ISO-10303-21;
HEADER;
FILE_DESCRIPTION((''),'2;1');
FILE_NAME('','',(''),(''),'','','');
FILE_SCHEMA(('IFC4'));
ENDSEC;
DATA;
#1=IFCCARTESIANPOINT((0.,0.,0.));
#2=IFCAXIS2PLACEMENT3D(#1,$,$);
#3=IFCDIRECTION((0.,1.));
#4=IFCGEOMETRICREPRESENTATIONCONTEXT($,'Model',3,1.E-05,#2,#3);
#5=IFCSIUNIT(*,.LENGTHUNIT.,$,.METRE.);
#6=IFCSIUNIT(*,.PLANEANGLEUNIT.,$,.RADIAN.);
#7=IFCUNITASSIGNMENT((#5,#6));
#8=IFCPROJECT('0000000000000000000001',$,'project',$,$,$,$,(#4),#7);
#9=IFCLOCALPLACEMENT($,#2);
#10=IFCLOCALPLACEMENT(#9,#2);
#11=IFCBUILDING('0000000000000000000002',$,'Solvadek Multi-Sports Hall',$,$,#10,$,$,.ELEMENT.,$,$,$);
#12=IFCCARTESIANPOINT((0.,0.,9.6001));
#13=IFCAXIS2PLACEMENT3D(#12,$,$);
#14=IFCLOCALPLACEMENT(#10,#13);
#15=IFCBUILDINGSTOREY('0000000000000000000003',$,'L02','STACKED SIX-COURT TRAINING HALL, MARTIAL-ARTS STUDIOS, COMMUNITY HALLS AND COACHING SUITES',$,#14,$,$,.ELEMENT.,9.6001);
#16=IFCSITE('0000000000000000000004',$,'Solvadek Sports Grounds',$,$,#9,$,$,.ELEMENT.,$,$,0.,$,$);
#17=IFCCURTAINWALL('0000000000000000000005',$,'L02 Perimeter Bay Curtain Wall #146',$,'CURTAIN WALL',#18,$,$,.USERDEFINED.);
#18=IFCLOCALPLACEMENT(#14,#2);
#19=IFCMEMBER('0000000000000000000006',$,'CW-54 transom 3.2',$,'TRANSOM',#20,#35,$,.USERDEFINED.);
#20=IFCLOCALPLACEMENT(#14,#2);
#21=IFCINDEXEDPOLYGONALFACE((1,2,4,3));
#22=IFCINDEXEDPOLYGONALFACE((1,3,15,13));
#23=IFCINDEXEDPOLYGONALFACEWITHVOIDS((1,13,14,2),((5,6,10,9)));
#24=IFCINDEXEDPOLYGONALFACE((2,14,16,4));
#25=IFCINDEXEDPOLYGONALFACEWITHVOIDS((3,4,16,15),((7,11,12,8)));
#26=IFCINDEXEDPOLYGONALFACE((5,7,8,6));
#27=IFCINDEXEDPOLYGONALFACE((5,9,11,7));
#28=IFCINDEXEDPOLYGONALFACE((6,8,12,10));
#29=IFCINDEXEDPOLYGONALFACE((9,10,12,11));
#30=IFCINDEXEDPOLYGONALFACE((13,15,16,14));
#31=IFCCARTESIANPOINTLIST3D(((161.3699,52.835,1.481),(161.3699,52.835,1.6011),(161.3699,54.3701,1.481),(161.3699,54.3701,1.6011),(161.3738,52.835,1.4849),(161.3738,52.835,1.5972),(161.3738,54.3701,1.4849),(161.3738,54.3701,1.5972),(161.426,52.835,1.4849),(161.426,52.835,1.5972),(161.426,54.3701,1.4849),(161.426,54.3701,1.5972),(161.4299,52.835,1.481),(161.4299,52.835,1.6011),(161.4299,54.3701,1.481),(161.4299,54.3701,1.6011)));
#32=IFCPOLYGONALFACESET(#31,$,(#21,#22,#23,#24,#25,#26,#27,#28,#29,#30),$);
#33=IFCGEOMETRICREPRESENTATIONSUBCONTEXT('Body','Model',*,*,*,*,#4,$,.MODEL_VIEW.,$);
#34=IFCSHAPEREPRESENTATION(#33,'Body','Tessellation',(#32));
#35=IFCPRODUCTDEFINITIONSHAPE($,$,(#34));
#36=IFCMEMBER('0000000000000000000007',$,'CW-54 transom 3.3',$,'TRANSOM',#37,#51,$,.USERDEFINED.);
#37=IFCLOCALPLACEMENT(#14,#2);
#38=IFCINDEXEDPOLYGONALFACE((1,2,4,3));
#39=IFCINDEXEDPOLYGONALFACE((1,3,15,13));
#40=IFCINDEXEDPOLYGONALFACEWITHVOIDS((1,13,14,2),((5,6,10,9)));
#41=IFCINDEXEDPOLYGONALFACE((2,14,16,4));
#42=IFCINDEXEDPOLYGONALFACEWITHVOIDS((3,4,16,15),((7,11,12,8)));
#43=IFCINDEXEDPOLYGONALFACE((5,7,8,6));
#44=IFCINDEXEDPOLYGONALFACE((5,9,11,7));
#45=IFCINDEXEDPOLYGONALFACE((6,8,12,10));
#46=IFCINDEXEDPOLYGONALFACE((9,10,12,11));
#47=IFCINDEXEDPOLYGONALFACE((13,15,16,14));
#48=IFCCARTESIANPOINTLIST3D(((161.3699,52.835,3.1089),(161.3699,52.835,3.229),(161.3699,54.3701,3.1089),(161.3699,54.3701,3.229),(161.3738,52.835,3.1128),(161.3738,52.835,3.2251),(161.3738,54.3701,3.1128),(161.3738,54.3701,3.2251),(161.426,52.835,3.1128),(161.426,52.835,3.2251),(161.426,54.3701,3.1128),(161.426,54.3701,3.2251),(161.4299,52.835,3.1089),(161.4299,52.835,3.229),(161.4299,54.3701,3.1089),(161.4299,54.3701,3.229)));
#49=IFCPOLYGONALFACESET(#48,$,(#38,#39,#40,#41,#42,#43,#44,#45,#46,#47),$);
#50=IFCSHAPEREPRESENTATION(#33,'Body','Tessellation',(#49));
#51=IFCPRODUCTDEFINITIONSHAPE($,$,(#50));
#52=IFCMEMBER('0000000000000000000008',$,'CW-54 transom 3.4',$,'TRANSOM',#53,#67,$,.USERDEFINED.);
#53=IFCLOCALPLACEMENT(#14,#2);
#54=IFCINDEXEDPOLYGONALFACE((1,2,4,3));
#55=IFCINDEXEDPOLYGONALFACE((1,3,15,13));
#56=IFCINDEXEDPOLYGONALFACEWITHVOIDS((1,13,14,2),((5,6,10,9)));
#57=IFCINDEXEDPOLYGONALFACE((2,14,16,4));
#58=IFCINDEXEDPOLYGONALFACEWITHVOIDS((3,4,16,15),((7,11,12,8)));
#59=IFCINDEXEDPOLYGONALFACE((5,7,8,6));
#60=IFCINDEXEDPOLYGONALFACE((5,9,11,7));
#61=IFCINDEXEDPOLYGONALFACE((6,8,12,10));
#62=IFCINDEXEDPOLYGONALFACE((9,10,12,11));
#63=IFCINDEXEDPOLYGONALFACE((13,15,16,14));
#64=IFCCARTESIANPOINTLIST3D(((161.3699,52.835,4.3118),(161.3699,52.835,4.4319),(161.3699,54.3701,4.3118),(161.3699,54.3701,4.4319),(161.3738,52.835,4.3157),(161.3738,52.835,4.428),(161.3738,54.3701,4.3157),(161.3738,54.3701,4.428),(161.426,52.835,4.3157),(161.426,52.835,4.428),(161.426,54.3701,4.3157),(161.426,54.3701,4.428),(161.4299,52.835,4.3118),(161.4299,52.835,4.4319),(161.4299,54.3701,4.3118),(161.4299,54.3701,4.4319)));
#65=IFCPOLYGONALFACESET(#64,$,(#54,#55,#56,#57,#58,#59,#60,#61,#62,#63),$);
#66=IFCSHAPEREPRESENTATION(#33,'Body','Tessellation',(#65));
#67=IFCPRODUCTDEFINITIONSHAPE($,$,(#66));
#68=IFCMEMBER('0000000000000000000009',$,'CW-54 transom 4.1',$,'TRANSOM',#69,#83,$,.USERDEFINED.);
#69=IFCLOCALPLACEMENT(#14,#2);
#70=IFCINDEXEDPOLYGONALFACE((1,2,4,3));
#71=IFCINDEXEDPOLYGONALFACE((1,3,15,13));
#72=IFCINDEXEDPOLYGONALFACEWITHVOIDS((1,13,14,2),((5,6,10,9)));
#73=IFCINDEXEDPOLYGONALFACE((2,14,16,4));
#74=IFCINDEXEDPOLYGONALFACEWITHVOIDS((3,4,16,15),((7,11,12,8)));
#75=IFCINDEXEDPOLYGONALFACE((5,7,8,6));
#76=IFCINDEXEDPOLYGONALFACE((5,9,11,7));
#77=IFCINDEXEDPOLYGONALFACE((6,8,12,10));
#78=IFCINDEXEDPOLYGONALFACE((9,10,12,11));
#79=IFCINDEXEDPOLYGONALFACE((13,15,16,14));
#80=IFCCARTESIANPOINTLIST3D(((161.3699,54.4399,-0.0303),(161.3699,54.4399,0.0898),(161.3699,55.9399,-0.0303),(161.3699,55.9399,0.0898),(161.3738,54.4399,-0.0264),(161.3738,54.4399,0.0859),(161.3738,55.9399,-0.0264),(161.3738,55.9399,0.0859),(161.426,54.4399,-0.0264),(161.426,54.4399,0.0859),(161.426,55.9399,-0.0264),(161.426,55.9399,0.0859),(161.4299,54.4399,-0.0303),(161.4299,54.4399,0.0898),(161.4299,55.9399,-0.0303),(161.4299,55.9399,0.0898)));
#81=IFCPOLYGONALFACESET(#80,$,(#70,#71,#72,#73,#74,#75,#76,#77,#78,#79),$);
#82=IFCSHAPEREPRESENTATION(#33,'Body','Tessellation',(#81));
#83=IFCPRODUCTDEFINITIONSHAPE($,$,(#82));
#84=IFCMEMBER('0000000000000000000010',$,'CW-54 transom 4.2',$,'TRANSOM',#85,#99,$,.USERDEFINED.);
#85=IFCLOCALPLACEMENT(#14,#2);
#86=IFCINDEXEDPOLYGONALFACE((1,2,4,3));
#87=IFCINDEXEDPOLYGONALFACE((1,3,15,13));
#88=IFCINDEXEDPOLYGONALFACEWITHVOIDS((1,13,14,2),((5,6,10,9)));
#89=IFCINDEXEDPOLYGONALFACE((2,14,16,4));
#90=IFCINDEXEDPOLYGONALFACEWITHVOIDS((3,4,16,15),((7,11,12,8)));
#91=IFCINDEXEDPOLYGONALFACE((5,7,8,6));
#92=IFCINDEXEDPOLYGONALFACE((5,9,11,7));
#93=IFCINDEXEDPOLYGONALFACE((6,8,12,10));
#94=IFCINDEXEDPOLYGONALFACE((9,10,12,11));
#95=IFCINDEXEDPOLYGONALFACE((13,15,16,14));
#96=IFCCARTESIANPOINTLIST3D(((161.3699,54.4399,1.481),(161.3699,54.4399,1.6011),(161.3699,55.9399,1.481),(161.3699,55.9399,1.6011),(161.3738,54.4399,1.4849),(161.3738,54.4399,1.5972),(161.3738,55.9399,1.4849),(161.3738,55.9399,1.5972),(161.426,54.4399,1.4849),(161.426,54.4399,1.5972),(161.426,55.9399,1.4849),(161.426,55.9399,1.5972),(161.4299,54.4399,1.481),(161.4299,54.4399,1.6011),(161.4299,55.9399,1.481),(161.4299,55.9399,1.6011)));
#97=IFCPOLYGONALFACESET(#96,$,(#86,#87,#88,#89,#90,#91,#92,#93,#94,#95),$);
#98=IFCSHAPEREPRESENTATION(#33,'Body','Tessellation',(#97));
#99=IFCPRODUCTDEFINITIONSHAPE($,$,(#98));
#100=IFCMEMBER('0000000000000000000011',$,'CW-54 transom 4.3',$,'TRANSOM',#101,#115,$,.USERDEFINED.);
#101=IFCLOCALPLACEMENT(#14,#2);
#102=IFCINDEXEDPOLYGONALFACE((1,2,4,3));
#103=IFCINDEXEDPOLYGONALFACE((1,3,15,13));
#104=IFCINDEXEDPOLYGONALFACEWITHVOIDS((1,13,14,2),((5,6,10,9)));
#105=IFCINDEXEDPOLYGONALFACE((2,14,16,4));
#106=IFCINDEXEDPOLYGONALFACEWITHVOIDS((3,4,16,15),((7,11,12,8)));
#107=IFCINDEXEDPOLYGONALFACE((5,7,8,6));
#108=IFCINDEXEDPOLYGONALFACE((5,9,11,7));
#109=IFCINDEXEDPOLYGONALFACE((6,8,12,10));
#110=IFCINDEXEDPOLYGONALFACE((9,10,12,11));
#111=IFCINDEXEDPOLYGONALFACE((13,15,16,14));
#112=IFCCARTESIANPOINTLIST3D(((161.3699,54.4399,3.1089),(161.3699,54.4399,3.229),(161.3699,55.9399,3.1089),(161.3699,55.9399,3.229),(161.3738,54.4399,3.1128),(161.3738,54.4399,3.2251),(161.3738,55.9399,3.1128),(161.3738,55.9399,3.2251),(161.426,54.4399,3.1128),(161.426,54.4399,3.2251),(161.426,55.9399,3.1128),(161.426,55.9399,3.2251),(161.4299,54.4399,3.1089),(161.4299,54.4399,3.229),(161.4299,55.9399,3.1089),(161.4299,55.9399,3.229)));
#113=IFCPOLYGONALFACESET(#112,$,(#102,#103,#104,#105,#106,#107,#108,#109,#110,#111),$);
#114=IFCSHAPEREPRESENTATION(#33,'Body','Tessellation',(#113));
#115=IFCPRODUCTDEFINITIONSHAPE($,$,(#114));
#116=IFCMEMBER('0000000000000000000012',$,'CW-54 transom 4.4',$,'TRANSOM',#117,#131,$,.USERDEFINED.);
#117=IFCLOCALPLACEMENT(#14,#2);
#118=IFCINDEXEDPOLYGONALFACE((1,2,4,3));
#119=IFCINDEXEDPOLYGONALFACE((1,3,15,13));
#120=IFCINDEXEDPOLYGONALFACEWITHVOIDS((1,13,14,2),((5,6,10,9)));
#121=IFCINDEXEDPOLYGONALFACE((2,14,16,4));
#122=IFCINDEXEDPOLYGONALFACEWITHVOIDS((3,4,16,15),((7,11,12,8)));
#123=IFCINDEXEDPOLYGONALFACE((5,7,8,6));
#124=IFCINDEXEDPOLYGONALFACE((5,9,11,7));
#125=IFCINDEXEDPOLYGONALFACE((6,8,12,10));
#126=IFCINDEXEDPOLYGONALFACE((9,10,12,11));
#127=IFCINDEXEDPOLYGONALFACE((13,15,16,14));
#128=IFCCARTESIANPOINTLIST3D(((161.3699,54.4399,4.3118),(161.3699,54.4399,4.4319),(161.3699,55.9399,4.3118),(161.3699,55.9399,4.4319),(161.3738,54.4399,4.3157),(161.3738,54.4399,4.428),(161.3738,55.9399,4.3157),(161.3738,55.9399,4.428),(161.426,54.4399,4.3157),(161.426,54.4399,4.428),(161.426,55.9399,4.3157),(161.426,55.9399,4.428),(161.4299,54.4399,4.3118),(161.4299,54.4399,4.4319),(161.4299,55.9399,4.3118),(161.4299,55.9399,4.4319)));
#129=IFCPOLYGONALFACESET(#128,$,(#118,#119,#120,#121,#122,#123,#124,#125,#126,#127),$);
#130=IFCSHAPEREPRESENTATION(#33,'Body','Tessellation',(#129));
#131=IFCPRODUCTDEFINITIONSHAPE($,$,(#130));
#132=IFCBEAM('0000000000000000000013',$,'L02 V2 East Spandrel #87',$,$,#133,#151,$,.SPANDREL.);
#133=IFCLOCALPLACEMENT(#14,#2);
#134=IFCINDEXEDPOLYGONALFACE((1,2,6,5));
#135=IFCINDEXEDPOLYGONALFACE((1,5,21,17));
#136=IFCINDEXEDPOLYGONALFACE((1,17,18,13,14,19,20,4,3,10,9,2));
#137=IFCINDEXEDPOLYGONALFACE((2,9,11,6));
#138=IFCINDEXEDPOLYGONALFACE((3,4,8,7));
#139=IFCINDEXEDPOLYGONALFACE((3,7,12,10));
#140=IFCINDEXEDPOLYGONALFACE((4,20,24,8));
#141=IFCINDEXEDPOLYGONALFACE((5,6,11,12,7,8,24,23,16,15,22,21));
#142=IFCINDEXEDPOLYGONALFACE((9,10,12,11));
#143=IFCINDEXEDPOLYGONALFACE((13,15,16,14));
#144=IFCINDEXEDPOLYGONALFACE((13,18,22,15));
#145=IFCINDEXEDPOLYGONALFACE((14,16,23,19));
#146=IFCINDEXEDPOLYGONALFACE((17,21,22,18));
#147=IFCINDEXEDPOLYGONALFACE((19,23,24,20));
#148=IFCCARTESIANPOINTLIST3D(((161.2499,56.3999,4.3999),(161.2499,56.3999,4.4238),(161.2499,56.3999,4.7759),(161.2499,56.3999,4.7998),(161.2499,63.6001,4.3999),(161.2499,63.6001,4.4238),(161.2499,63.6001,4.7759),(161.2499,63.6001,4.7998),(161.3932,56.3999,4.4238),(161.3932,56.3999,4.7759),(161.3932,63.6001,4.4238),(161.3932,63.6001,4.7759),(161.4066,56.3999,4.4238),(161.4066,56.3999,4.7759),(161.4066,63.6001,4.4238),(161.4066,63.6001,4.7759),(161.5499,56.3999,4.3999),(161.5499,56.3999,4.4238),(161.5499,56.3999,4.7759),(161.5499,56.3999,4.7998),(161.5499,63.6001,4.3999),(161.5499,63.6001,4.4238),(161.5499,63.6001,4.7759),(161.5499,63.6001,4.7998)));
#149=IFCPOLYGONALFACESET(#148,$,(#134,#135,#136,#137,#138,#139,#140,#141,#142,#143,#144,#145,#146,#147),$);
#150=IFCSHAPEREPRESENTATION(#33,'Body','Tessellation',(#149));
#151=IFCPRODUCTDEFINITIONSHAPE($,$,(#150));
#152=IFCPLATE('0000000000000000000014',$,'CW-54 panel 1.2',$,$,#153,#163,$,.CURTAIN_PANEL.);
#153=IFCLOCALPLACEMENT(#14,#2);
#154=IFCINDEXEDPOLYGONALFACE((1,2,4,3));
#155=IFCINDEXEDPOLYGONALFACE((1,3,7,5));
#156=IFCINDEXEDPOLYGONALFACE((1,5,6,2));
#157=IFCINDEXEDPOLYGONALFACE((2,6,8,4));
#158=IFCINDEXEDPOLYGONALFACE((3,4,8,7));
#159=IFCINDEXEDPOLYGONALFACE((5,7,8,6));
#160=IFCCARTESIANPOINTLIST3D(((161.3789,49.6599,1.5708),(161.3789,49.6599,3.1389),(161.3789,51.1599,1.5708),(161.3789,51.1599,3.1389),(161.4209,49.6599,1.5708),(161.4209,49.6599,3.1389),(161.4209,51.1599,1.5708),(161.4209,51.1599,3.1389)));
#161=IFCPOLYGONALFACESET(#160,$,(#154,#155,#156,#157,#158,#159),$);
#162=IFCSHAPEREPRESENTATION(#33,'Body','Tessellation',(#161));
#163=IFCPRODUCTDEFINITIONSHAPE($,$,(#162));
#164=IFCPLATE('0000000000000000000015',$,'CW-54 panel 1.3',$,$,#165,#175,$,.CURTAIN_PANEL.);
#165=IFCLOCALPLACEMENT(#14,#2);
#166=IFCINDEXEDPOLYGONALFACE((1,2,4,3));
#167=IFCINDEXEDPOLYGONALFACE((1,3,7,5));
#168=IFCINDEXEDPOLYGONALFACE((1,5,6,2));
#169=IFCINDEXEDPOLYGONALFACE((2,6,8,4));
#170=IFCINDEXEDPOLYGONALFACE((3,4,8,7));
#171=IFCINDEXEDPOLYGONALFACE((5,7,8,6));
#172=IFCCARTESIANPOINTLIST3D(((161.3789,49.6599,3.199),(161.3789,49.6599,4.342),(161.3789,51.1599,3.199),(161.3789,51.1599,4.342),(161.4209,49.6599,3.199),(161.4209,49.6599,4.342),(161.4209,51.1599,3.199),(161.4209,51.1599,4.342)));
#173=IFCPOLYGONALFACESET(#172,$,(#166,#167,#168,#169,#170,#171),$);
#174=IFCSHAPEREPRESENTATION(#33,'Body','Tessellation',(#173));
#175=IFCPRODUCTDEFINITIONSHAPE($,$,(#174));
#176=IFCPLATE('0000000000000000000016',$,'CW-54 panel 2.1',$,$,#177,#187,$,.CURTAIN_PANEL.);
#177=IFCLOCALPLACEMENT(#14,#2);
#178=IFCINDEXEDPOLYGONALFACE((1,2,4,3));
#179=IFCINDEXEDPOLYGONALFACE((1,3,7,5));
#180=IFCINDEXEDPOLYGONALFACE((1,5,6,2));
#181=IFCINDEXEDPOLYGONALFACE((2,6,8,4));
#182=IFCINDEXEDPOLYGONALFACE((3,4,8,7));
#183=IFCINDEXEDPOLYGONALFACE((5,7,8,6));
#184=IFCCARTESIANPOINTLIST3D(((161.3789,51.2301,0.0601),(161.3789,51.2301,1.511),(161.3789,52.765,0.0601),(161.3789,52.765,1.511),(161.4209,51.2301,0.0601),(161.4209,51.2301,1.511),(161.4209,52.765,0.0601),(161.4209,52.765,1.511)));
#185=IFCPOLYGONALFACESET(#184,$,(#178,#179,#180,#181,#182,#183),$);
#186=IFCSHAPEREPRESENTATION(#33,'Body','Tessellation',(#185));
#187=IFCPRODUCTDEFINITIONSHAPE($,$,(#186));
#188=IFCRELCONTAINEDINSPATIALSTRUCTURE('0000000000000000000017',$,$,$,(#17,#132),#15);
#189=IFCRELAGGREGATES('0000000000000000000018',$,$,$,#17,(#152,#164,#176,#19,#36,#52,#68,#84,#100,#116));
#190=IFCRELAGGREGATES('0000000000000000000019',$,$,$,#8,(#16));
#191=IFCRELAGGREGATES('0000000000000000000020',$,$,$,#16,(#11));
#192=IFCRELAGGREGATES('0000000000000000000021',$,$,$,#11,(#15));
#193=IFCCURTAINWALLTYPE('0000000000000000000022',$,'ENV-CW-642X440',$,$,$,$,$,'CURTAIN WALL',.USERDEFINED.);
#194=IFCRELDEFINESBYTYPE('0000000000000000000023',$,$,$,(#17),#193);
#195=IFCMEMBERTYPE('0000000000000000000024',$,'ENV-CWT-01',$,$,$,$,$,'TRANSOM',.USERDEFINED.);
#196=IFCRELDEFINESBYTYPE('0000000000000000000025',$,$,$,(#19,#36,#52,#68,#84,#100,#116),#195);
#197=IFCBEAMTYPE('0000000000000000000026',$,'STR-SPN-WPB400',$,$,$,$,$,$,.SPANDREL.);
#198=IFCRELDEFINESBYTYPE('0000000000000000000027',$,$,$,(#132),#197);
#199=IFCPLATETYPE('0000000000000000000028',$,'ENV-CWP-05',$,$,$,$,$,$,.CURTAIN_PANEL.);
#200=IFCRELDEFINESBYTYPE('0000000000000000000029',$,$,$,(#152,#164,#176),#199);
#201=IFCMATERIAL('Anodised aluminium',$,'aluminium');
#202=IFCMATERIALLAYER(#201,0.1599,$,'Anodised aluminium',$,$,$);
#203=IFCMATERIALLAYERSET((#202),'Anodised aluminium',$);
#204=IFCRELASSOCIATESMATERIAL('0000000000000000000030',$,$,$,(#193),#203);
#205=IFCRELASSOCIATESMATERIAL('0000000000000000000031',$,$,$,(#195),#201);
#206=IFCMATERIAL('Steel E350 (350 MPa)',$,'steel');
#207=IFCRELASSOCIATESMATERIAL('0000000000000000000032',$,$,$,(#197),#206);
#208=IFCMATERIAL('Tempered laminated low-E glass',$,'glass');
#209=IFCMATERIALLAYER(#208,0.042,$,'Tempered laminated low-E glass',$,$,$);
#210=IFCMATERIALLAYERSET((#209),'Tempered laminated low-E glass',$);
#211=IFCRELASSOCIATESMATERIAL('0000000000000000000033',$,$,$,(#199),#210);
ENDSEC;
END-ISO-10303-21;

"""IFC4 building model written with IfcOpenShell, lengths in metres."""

from ifc_helpers import new_model, si_unit, direction, frame, origin, origin_2d, place, context, subcontext, project, spatial, rectangle, hollow_rectangle, i_section, extrude, material, layer, layer_set, material_profile, profile_set, type_object, element, aggregate, save


model = new_model("IFC4")

# Units and contexts
model_context = context("Model", 3, precision=1e-05, world=origin(), true_north=direction((0.0, 1.0)))
body_context = subcontext(model_context, "Body", "Model", "MODEL_VIEW")
ifc_project = project(units=[si_unit("LENGTHUNIT", "METRE"), si_unit("PLANEANGLEUNIT", "RADIAN")], contexts=[model_context])

# Site, building, storey
site_placement = place(None, origin())
site = spatial("IfcSite", under=ifc_project, at=site_placement, Name="Solvadek Sports Grounds", CompositionType="ELEMENT", RefElevation=0.0)
building_placement = place(site_placement, origin())
building = spatial("IfcBuilding", under=site, at=building_placement, Name="Solvadek Multi-Sports Hall", CompositionType="ELEMENT")
storey_placement = place(building_placement, frame((0.0, 0.0, 9.6001)))
storey = spatial("IfcBuildingStorey", under=building, at=storey_placement, Name="L02", Description="STACKED SIX-COURT TRAINING HALL, MARTIAL-ARTS STUDIOS, COMMUNITY HALLS AND COACHING SUITES", CompositionType="ELEMENT", Elevation=9.6001)

# Shared definitions
ifc_material_1 = material(Name="Steel E350 (350 MPa)", Category="steel")

# Curtain wall, members
ifc_material_2 = material(Name="Anodised aluminium", Category="aluminium")
ifc_layer_1 = layer(ifc_material_2, 0.1599, Name="Anodised aluminium")
ifc_layer_set_1 = layer_set([ifc_layer_1], Name="Anodised aluminium")
curtain_wall_type = type_object("IfcCurtainWallType", Name="ENV-CW-642X440", ElementType="CURTAIN WALL", PredefinedType="USERDEFINED", material=ifc_layer_set_1)
curtain_wall_placement = place(storey_placement, origin())
curtain_wall = element("IfcCurtainWall", 1, at=curtain_wall_placement, inside=storey, type_object=curtain_wall_type, Name="L02 Perimeter Bay Curtain Wall #146", ObjectType="CURTAIN WALL", PredefinedType="USERDEFINED")
ifc_material_profile_1 = material_profile(ifc_material_2, hollow_rectangle(XDim=0.0601, YDim=0.1201, WallThickness=0.0039, at=origin_2d()), Name="ALU-T 120x60x4")
ifc_profile_set_1 = profile_set([ifc_material_profile_1], Name="Anodised aluminium")
member_type_1 = type_object("IfcMemberType", Name="ENV-CWT-01", ElementType="TRANSOM", PredefinedType="USERDEFINED", material=ifc_profile_set_1)
member_1_placement = place(storey_placement, frame((161.3999, 52.835, 1.541), z_axis=(0.0, 1.0, 0.0), x_axis=(-1.0, 0.0, 0.0)))
member_1 = element("IfcMember", 2, at=member_1_placement, type_object=member_type_1, Name="CW-54 transom 3.2", ObjectType="TRANSOM", PredefinedType="USERDEFINED", context=body_context, shape_type="SweptSolid", body=[
    extrude(hollow_rectangle(XDim=0.0601, YDim=0.1201, WallThickness=0.0039, at=origin_2d()), origin(), (0.0, 0.0, 1.0), 1.5352),
])
member_2_placement = place(storey_placement, frame((161.3999, 52.835, 3.1689), z_axis=(0.0, 1.0, 0.0), x_axis=(-1.0, 0.0, 0.0)))
member_2 = element("IfcMember", 3, at=member_2_placement, type_object=member_type_1, Name="CW-54 transom 3.3", ObjectType="TRANSOM", PredefinedType="USERDEFINED", context=body_context, shape_type="SweptSolid", body=[
    extrude(hollow_rectangle(XDim=0.0601, YDim=0.1201, WallThickness=0.0039, at=origin_2d()), origin(), (0.0, 0.0, 1.0), 1.5352),
])
member_3_placement = place(storey_placement, frame((161.3999, 52.835, 4.3718), z_axis=(0.0, 1.0, 0.0), x_axis=(-1.0, 0.0, 0.0)))
member_3 = element("IfcMember", 4, at=member_3_placement, type_object=member_type_1, Name="CW-54 transom 3.4", ObjectType="TRANSOM", PredefinedType="USERDEFINED", context=body_context, shape_type="SweptSolid", body=[
    extrude(hollow_rectangle(XDim=0.0601, YDim=0.1201, WallThickness=0.0039, at=origin_2d()), origin(), (0.0, 0.0, 1.0), 1.5352),
])
member_4_placement = place(storey_placement, frame((161.3999, 54.4399, 0.0298), z_axis=(0.0, 1.0, 0.0), x_axis=(-1.0, 0.0, 0.0)))
member_4 = element("IfcMember", 5, at=member_4_placement, type_object=member_type_1, Name="CW-54 transom 4.1", ObjectType="TRANSOM", PredefinedType="USERDEFINED", context=body_context, shape_type="SweptSolid", body=[
    extrude(hollow_rectangle(XDim=0.0601, YDim=0.1201, WallThickness=0.0039, at=origin_2d()), origin(), (0.0, 0.0, 1.0), 1.5),
])
member_5_placement = place(storey_placement, frame((161.3999, 54.4399, 1.541), z_axis=(0.0, 1.0, 0.0), x_axis=(-1.0, 0.0, 0.0)))
member_5 = element("IfcMember", 6, at=member_5_placement, type_object=member_type_1, Name="CW-54 transom 4.2", ObjectType="TRANSOM", PredefinedType="USERDEFINED", context=body_context, shape_type="SweptSolid", body=[
    extrude(hollow_rectangle(XDim=0.0601, YDim=0.1201, WallThickness=0.0039, at=origin_2d()), origin(), (0.0, 0.0, 1.0), 1.5),
])
member_6_placement = place(storey_placement, frame((161.3999, 54.4399, 3.1689), z_axis=(0.0, 1.0, 0.0), x_axis=(-1.0, 0.0, 0.0)))
member_6 = element("IfcMember", 7, at=member_6_placement, type_object=member_type_1, Name="CW-54 transom 4.3", ObjectType="TRANSOM", PredefinedType="USERDEFINED", context=body_context, shape_type="SweptSolid", body=[
    extrude(hollow_rectangle(XDim=0.0601, YDim=0.1201, WallThickness=0.0039, at=origin_2d()), origin(), (0.0, 0.0, 1.0), 1.5),
])
member_7_placement = place(storey_placement, frame((161.3999, 54.4399, 4.3718), z_axis=(0.0, 1.0, 0.0), x_axis=(-1.0, 0.0, 0.0)))
member_7 = element("IfcMember", 8, at=member_7_placement, type_object=member_type_1, Name="CW-54 transom 4.4", ObjectType="TRANSOM", PredefinedType="USERDEFINED", context=body_context, shape_type="SweptSolid", body=[
    extrude(hollow_rectangle(XDim=0.0601, YDim=0.1201, WallThickness=0.0039, at=origin_2d()), origin(), (0.0, 0.0, 1.0), 1.5),
])

# Beam
ifc_material_profile_2 = material_profile(ifc_material_1, i_section(OverallWidth=0.3, OverallDepth=0.3999, WebThickness=0.0134, FlangeThickness=0.0239, at=origin_2d()), Name="WPB 400")
ifc_profile_set_2 = profile_set([ifc_material_profile_2], Name="Steel E350 (350 MPa)")
beam_type = type_object("IfcBeamType", Name="STR-SPN-WPB400", PredefinedType="SPANDREL", material=ifc_profile_set_2)
beam_placement = place(storey_placement, frame((161.3999, 56.3999, 4.5999), z_axis=(0.0, 1.0, 0.0), x_axis=(-1.0, 0.0, 0.0)))
element("IfcBeam", 9, at=beam_placement, inside=storey, type_object=beam_type, Name="L02 V2 East Spandrel #87", PredefinedType="SPANDREL", context=body_context, shape_type="SweptSolid", body=[
    extrude(i_section(OverallWidth=0.3, OverallDepth=0.3999, WebThickness=0.0134, FlangeThickness=0.0239, at=origin_2d()), origin(), (0.0, 0.0, 1.0), 7.2002),
])

# Plates
ifc_material_3 = material(Name="Tempered laminated low-E glass", Category="glass")
ifc_layer_2 = layer(ifc_material_3, 0.042, Name="Tempered laminated low-E glass")
ifc_layer_set_2 = layer_set([ifc_layer_2], Name="Tempered laminated low-E glass")
plate_type = type_object("IfcPlateType", Name="ENV-CWP-05", PredefinedType="CURTAIN_PANEL", material=ifc_layer_set_2)
plate_1_placement = place(storey_placement, frame((161.3999, 50.4099, 1.5708), z_axis=(0.0, 0.0, 1.0), x_axis=(0.0, 1.0, 0.0)))
plate_1 = element("IfcPlate", 10, at=plate_1_placement, type_object=plate_type, Name="CW-54 panel 1.2", PredefinedType="CURTAIN_PANEL", context=body_context, shape_type="SweptSolid", body=[
    extrude(rectangle(XDim=1.5, YDim=0.042, at=origin_2d()), origin(), (0.0, 0.0, 1.0), 1.5681),
])
plate_2_placement = place(storey_placement, frame((161.3999, 50.4099, 3.199), z_axis=(0.0, 0.0, 1.0), x_axis=(0.0, 1.0, 0.0)))
plate_2 = element("IfcPlate", 11, at=plate_2_placement, type_object=plate_type, Name="CW-54 panel 1.3", PredefinedType="CURTAIN_PANEL", context=body_context, shape_type="SweptSolid", body=[
    extrude(rectangle(XDim=1.5, YDim=0.042, at=origin_2d()), origin(), (0.0, 0.0, 1.0), 1.1431),
])
plate_3_placement = place(storey_placement, frame((161.3999, 51.9976, 0.0601), z_axis=(0.0, 0.0, 1.0), x_axis=(0.0, 1.0, 0.0)))
plate_3 = element("IfcPlate", 12, at=plate_3_placement, type_object=plate_type, Name="CW-54 panel 2.1", PredefinedType="CURTAIN_PANEL", context=body_context, shape_type="SweptSolid", body=[
    extrude(rectangle(XDim=1.5349, YDim=0.042, at=origin_2d()), origin(), (0.0, 0.0, 1.0), 1.4509),
])
aggregate(curtain_wall, [plate_1, plate_2, plate_3, member_1, member_2, member_3, member_4, member_5, member_6, member_7])

save(model, "model.ifc")
